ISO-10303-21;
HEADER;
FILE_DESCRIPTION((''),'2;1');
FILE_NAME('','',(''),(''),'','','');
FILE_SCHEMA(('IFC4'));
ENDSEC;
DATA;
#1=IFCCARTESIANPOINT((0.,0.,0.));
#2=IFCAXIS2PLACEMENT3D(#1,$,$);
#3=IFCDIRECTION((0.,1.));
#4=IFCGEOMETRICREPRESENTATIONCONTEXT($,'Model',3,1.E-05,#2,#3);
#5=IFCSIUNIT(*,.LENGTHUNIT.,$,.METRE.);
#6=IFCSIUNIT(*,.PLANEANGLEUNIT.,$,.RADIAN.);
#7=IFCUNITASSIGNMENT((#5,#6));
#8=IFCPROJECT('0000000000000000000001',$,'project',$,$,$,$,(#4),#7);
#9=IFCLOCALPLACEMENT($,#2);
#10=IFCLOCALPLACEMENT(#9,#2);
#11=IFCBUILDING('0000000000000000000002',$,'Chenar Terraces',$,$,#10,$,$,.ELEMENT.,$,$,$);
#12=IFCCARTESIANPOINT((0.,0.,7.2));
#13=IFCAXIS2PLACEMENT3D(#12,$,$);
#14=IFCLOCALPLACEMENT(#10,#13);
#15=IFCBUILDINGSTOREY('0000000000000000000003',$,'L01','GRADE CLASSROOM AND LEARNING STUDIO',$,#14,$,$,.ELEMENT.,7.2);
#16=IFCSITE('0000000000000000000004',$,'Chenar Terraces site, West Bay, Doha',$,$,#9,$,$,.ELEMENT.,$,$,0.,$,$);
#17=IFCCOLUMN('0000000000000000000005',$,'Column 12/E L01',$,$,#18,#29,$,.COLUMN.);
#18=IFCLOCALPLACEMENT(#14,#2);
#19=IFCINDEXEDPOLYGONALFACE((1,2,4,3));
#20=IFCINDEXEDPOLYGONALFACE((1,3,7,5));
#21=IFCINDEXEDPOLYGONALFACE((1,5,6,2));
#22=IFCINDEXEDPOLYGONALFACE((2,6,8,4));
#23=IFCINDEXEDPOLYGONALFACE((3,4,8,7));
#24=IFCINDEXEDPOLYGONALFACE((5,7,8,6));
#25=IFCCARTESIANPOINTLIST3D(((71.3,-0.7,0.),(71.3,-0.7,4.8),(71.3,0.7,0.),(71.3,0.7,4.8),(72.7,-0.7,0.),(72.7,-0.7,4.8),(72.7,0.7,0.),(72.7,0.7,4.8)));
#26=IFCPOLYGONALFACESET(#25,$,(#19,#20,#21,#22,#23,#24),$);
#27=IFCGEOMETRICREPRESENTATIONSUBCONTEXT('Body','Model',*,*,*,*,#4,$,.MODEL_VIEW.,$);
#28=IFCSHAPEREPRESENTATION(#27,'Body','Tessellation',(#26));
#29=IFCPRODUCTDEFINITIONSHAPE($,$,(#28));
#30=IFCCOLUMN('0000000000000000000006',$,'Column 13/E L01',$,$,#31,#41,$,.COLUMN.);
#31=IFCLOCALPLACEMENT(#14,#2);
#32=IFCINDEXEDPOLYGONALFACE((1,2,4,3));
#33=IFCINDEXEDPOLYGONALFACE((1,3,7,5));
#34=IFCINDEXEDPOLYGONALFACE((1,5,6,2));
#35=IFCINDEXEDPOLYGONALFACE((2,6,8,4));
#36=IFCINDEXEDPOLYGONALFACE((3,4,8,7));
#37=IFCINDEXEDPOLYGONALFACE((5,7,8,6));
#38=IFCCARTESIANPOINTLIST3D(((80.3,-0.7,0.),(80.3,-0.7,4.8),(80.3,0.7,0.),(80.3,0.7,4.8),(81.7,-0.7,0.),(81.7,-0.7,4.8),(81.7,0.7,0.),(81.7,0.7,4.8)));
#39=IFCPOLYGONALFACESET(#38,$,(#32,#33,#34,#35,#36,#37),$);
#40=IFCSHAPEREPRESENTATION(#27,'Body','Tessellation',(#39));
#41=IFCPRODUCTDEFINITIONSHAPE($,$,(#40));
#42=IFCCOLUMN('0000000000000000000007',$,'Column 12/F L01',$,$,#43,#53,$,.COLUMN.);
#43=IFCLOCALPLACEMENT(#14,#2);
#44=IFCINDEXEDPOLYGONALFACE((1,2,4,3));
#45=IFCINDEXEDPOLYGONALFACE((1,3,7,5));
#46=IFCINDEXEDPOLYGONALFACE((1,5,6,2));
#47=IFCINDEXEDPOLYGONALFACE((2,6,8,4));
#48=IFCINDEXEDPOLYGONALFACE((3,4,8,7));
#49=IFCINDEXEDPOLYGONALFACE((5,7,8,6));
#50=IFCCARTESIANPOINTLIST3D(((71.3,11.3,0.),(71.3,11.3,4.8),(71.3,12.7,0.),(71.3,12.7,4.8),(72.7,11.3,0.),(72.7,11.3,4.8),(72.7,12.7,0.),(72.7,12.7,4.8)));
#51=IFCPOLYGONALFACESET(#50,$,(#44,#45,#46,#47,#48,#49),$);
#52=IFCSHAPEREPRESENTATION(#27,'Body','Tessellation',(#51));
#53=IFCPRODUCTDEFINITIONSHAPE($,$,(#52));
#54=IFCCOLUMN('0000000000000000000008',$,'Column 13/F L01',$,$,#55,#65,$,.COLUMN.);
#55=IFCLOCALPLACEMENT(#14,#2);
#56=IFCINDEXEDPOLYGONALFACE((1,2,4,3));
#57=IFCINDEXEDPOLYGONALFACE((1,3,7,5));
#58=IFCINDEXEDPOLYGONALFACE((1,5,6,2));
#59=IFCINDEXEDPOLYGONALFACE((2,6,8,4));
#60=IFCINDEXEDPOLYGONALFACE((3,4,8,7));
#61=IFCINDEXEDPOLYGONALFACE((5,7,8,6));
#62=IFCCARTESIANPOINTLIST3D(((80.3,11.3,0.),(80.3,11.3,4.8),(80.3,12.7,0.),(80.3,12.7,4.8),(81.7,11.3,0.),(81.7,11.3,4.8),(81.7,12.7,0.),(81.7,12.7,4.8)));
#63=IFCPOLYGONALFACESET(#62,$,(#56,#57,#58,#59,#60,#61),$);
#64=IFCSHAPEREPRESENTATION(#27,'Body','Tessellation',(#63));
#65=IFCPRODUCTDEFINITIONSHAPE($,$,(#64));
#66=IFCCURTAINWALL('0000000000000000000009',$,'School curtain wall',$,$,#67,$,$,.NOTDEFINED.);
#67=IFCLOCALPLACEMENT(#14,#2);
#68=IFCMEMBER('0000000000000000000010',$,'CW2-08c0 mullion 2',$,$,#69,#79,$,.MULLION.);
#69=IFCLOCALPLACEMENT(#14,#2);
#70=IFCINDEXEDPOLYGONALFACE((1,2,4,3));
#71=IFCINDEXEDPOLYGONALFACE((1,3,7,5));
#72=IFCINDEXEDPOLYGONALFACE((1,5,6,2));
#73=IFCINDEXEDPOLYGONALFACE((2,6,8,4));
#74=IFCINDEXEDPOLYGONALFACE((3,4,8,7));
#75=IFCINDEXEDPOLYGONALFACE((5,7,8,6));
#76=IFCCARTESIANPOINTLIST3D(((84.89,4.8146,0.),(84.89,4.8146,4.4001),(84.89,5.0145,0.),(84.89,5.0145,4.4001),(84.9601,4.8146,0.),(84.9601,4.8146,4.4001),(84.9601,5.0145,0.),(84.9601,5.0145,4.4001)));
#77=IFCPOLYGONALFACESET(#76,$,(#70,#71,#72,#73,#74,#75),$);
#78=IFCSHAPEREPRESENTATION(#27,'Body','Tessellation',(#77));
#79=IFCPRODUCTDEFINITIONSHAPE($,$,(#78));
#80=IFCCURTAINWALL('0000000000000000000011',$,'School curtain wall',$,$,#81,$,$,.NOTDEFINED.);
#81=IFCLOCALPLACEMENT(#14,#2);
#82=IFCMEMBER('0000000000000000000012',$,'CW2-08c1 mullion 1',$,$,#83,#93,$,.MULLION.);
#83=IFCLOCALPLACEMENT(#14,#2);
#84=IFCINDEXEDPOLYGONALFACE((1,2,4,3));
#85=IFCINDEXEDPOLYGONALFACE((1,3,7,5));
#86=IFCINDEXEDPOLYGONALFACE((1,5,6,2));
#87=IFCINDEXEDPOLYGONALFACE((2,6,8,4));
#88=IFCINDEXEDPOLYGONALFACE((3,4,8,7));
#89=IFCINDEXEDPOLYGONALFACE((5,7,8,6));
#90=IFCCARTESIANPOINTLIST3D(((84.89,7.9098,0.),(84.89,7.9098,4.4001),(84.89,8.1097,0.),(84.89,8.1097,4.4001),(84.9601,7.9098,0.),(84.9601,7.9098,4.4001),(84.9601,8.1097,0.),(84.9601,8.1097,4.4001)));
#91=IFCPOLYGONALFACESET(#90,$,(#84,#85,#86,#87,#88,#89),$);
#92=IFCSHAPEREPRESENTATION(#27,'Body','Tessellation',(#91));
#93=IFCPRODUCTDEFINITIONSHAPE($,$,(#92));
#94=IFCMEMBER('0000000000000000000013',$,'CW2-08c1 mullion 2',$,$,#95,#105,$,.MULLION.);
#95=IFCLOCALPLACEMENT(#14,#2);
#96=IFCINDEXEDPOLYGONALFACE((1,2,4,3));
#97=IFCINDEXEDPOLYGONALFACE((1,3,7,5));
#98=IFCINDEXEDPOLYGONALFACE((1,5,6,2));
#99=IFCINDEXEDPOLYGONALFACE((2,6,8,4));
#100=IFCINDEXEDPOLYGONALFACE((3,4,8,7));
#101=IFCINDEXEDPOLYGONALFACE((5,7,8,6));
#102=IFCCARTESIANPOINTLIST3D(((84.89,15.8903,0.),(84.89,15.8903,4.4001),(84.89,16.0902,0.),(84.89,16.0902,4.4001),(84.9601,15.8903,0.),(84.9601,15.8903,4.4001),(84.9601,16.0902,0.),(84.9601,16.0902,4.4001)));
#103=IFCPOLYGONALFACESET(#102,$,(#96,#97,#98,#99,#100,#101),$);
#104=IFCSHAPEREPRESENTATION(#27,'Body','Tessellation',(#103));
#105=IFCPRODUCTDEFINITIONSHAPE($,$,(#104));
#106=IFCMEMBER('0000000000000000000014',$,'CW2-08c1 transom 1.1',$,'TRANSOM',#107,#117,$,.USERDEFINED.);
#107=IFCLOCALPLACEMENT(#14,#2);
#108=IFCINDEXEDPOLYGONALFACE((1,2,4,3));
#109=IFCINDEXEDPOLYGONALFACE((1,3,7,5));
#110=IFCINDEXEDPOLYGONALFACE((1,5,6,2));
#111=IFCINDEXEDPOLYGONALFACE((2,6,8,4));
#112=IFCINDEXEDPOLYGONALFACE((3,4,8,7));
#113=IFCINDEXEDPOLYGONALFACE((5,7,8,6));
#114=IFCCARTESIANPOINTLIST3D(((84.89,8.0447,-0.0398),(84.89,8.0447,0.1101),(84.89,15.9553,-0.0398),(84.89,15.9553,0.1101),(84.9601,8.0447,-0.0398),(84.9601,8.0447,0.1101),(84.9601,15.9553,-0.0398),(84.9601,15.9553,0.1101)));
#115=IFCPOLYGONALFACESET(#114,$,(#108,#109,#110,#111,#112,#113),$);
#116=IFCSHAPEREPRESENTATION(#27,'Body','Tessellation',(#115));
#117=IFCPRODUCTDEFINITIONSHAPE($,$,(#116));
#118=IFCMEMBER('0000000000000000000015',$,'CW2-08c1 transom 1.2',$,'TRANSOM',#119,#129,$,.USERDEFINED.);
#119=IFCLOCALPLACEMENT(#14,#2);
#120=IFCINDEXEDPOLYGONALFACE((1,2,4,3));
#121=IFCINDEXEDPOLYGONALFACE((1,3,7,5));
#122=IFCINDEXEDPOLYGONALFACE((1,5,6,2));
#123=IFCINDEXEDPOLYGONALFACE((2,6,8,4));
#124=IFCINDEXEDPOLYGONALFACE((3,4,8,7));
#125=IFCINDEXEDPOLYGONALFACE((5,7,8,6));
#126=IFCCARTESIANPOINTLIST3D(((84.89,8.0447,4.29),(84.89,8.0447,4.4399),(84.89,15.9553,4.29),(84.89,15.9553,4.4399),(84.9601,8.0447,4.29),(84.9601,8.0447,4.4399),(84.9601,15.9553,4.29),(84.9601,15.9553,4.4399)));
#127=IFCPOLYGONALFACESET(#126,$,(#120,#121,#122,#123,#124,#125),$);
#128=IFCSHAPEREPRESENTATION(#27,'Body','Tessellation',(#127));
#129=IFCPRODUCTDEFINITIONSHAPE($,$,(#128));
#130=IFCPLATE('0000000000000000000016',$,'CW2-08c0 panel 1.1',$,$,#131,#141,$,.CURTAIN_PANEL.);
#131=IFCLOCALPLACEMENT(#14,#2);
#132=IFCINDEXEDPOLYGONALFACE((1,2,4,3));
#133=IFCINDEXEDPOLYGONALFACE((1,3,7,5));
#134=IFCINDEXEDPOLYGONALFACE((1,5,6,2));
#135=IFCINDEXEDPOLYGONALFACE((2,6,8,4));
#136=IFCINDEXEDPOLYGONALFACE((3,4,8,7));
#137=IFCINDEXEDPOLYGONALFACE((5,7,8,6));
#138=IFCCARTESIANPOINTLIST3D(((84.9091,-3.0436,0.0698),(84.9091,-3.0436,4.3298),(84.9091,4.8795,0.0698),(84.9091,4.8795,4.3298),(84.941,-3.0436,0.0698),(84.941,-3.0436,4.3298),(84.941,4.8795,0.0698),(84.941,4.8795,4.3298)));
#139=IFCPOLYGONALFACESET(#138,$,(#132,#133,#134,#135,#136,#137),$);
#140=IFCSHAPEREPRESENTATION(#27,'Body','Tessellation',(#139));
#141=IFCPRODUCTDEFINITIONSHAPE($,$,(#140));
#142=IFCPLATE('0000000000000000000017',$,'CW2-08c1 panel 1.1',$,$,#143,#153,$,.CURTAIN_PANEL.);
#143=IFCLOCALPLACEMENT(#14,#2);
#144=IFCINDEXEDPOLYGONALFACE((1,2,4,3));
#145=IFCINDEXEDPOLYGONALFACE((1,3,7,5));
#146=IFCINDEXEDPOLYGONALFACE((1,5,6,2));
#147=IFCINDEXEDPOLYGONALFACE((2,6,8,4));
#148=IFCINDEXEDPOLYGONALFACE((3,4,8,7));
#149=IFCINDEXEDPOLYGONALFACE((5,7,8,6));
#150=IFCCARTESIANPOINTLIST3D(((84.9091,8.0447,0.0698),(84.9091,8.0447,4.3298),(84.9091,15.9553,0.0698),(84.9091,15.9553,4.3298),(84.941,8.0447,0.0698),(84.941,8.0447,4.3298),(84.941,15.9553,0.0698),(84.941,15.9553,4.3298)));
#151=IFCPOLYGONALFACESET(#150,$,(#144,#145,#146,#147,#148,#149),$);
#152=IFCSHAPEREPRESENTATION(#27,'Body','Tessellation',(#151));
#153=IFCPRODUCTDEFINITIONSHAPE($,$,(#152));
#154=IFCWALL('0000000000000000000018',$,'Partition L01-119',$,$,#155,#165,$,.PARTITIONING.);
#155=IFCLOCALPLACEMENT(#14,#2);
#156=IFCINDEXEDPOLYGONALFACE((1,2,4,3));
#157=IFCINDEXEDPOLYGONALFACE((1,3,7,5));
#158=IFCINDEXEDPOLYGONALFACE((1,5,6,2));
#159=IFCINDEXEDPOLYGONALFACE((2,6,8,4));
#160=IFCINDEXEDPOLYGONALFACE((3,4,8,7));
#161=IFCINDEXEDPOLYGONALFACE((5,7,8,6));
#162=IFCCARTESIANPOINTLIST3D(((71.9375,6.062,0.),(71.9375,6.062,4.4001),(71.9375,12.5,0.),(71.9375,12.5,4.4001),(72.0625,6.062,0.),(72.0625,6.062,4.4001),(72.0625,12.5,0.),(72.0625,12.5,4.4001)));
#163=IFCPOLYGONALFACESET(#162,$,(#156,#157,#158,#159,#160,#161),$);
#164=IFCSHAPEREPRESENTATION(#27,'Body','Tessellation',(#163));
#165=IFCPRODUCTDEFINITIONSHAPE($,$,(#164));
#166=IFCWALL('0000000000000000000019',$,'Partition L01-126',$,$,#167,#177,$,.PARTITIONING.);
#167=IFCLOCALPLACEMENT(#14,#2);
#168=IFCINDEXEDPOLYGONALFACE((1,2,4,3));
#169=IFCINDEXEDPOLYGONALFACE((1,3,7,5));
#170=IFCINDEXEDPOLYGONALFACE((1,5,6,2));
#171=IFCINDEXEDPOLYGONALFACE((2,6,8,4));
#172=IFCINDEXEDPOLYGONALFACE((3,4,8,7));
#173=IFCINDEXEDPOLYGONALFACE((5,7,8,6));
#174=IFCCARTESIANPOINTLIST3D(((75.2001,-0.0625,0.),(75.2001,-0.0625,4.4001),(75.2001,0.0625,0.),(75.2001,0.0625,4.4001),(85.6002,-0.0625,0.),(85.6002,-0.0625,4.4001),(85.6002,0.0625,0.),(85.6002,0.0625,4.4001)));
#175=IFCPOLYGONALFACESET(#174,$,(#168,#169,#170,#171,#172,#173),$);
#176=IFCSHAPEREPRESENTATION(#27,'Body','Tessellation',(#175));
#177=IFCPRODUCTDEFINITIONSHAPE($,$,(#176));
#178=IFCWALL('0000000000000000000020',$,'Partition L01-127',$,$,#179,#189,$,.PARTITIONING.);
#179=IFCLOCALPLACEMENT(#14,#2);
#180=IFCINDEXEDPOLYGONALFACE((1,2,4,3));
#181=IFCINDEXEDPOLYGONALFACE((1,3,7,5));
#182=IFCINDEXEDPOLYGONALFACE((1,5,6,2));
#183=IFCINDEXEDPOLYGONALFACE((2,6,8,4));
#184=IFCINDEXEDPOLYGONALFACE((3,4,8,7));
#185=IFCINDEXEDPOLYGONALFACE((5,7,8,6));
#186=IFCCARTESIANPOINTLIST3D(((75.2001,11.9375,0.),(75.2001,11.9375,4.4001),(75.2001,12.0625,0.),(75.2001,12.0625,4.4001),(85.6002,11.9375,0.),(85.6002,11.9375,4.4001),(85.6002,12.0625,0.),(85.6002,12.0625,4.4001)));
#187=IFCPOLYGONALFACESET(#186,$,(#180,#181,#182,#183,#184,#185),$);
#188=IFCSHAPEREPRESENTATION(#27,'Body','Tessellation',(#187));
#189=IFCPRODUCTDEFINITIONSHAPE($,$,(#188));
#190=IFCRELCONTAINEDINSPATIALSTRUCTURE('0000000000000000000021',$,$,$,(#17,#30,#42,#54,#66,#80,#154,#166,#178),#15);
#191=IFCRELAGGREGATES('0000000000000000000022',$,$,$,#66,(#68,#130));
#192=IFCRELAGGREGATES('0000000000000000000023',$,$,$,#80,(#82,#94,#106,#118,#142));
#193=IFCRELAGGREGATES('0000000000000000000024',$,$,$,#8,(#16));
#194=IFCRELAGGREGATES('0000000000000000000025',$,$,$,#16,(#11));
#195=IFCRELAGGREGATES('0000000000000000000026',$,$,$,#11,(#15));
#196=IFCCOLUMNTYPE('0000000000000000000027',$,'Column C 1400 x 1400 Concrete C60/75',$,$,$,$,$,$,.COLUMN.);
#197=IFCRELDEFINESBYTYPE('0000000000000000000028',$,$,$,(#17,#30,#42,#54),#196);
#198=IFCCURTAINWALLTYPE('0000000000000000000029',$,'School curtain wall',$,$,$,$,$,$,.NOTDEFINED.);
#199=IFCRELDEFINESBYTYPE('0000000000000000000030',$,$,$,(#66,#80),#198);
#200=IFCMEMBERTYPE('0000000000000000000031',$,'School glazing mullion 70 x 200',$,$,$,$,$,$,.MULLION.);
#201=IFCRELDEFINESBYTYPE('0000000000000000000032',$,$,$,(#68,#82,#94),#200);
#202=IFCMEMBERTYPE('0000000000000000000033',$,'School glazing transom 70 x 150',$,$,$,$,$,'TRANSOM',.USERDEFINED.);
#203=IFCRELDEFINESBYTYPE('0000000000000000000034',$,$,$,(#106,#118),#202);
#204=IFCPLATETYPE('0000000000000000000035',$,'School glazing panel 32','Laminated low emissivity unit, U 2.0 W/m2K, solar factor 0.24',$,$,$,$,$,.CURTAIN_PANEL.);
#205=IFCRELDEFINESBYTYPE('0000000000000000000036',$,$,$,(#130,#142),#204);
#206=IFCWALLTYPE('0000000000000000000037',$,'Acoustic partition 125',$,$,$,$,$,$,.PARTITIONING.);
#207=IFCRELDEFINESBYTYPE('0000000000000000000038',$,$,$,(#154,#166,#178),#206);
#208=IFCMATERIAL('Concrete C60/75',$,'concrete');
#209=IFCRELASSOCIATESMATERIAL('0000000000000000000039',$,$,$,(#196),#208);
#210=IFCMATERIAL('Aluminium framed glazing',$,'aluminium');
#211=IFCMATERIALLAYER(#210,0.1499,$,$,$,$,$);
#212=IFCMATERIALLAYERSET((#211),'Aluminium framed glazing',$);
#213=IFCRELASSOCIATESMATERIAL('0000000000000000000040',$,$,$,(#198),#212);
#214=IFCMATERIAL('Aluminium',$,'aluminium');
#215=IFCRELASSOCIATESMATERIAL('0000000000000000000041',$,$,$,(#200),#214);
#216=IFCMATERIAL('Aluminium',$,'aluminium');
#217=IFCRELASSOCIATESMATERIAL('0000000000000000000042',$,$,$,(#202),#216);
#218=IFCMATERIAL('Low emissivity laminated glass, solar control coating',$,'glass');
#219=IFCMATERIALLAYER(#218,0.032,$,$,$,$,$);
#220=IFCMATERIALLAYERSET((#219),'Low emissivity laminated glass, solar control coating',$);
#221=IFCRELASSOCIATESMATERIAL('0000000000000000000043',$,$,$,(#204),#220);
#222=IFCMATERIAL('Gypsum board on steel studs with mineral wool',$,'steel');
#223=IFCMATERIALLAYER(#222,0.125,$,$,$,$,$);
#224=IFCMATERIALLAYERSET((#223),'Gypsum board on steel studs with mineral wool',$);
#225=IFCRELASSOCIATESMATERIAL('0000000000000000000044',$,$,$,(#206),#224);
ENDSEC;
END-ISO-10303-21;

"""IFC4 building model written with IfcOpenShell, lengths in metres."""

from ifc_helpers import new_model, si_unit, direction, frame, frame_2d, origin, origin_2d, place, context, subcontext, project, spatial, rectangle, extrude, material, layer, layer_set, material_profile, profile_set, type_object, element, aggregate, save


model = new_model("IFC4")

# Units and contexts
model_context = context("Model", 3, precision=1e-05, world=origin(), true_north=direction((0.0, 1.0)))
body_context = subcontext(model_context, "Body", "Model", "MODEL_VIEW")
ifc_project = project(units=[si_unit("LENGTHUNIT", "METRE"), si_unit("PLANEANGLEUNIT", "RADIAN")], contexts=[model_context])

# Site, building, storey
site_placement = place(None, origin())
site = spatial("IfcSite", under=ifc_project, at=site_placement, Name="Chenar Terraces site, West Bay, Doha", CompositionType="ELEMENT", RefElevation=0.0)
building_placement = place(site_placement, origin())
building = spatial("IfcBuilding", under=site, at=building_placement, Name="Chenar Terraces", CompositionType="ELEMENT")
storey_placement = place(building_placement, frame((0.0, 0.0, 7.2)))
storey = spatial("IfcBuildingStorey", under=building, at=storey_placement, Name="L01", Description="GRADE CLASSROOM AND LEARNING STUDIO", CompositionType="ELEMENT", Elevation=7.2)

# Columns
ifc_material_1 = material(Name="Concrete C60/75", Category="concrete")
ifc_material_profile_1 = material_profile(ifc_material_1, rectangle(XDim=1.3999, YDim=1.3999, at=origin_2d()), Name="C 1400 x 1400")
ifc_profile_set_1 = profile_set([ifc_material_profile_1], Name="Concrete C60/75")
column_type = type_object("IfcColumnType", Name="Column C 1400 x 1400 Concrete C60/75", PredefinedType="COLUMN", material=ifc_profile_set_1)
for number, where, z_axis, x_axis, name in (
    (1, (72.0, 0.0, 0.0), (0.0, 0.0, 1.0), (1.0, 0.0, 0.0), "Column 12/E L01"),
    (2, (81.0, 0.0, 0.0), (0.0, 0.0, 1.0), (1.0, 0.0, 0.0), "Column 13/E L01"),
    (3, (72.0, 12.0, 0.0), (0.0, 0.0, 1.0), (1.0, 0.0, 0.0), "Column 12/F L01"),
    (4, (81.0, 12.0, 0.0), (0.0, 0.0, 1.0), (1.0, 0.0, 0.0), "Column 13/F L01"),
):
    element("IfcColumn", number, at=place(storey_placement, frame(where, z_axis=z_axis, x_axis=x_axis)), inside=storey, type_object=column_type, Name=name, PredefinedType="COLUMN", context=body_context, shape_type="SweptSolid", body=[
        extrude(rectangle(XDim=1.3999, YDim=1.3999, at=origin_2d()), origin(), (0.0, 0.0, 1.0), 4.8),
    ])

# Curtain wall, member
ifc_material_2 = material(Name="Aluminium framed glazing", Category="aluminium")
ifc_layer_1 = layer(ifc_material_2, 0.1499)
ifc_layer_set_1 = layer_set([ifc_layer_1], Name="Aluminium framed glazing")
curtain_wall_type = type_object("IfcCurtainWallType", Name="School curtain wall", PredefinedType="NOTDEFINED", material=ifc_layer_set_1)
placement = place(storey_placement, origin())
curtain_wall_1 = element("IfcCurtainWall", 5, at=placement, inside=storey, type_object=curtain_wall_type, Name="School curtain wall", PredefinedType="NOTDEFINED")
ifc_material_3 = material(Name="Aluminium", Category="aluminium")
ifc_material_profile_2 = material_profile(ifc_material_3, rectangle(XDim=0.0701, YDim=0.2, at=origin_2d()), Name="School glazing mullion 70 x 200")
ifc_profile_set_2 = profile_set([ifc_material_profile_2], Name="Aluminium")
member_type_1 = type_object("IfcMemberType", Name="School glazing mullion 70 x 200", PredefinedType="MULLION", material=ifc_profile_set_2)
member_1_placement = place(storey_placement, frame((84.925, 4.9146, 0.0), z_axis=(0.0, 0.0, 1.0), x_axis=(-1.0, 0.0, 0.0)))
member_1 = element("IfcMember", 6, at=member_1_placement, type_object=member_type_1, Name="CW2-08c0 mullion 2", PredefinedType="MULLION", context=body_context, shape_type="SweptSolid", body=[
    extrude(rectangle(XDim=0.0701, YDim=0.2, at=origin_2d()), origin(), (0.0, 0.0, 1.0), 4.4001),
])

# Curtain wall, members
curtain_wall_2 = element("IfcCurtainWall", 7, at=placement, inside=storey, type_object=curtain_wall_type, Name="School curtain wall", PredefinedType="NOTDEFINED")
member_2_placement = place(storey_placement, frame((84.925, 8.0098, 0.0), z_axis=(0.0, 0.0, 1.0), x_axis=(-1.0, 0.0, 0.0)))
member_2 = element("IfcMember", 8, at=member_2_placement, type_object=member_type_1, Name="CW2-08c1 mullion 1", PredefinedType="MULLION", context=body_context, shape_type="SweptSolid", body=[
    extrude(rectangle(XDim=0.0701, YDim=0.2, at=origin_2d()), origin(), (0.0, 0.0, 1.0), 4.4001),
])
member_3_placement = place(storey_placement, frame((84.925, 15.9902, 0.0), z_axis=(0.0, 0.0, 1.0), x_axis=(-1.0, 0.0, 0.0)))
member_3 = element("IfcMember", 9, at=member_3_placement, type_object=member_type_1, Name="CW2-08c1 mullion 2", PredefinedType="MULLION", context=body_context, shape_type="SweptSolid", body=[
    extrude(rectangle(XDim=0.0701, YDim=0.2, at=origin_2d()), origin(), (0.0, 0.0, 1.0), 4.4001),
])
ifc_material_4 = material(Name="Aluminium", Category="aluminium")
ifc_material_profile_3 = material_profile(ifc_material_4, rectangle(XDim=0.0701, YDim=0.1499, at=origin_2d()), Name="School glazing transom 70 x 150")
ifc_profile_set_3 = profile_set([ifc_material_profile_3], Name="Aluminium")
member_type_2 = type_object("IfcMemberType", Name="School glazing transom 70 x 150", ElementType="TRANSOM", PredefinedType="USERDEFINED", material=ifc_profile_set_3)
member_4_placement = place(storey_placement, frame((84.925, 8.0447, 0.0352), z_axis=(0.0, 1.0, 0.0), x_axis=(-1.0, 0.0, 0.0)))
member_4 = element("IfcMember", 10, at=member_4_placement, type_object=member_type_2, Name="CW2-08c1 transom 1.1", ObjectType="TRANSOM", PredefinedType="USERDEFINED", context=body_context, shape_type="SweptSolid", body=[
    extrude(rectangle(XDim=0.0701, YDim=0.1499, at=origin_2d()), origin(), (0.0, 0.0, 1.0), 7.9106),
])
member_5_placement = place(storey_placement, frame((84.925, 8.0447, 4.365), z_axis=(0.0, 1.0, 0.0), x_axis=(-1.0, 0.0, 0.0)))
member_5 = element("IfcMember", 11, at=member_5_placement, type_object=member_type_2, Name="CW2-08c1 transom 1.2", ObjectType="TRANSOM", PredefinedType="USERDEFINED", context=body_context, shape_type="SweptSolid", body=[
    extrude(rectangle(XDim=0.0701, YDim=0.1499, at=origin_2d()), origin(), (0.0, 0.0, 1.0), 7.9106),
])

# Plates
ifc_material_5 = material(Name="Low emissivity laminated glass, solar control coating", Category="glass")
ifc_layer_2 = layer(ifc_material_5, 0.032)
ifc_layer_set_2 = layer_set([ifc_layer_2], Name="Low emissivity laminated glass, solar control coating")
plate_type = type_object("IfcPlateType", Name="School glazing panel 32", Description="Laminated low emissivity unit, U 2.0 W/m2K, solar factor 0.24", PredefinedType="CURTAIN_PANEL", material=ifc_layer_set_2)
plate_1_placement = place(storey_placement, frame((84.925, 0.918, 0.0698), z_axis=(0.0, 0.0, 1.0), x_axis=(0.0, 1.0, 0.0)))
plate_1 = element("IfcPlate", 12, at=plate_1_placement, type_object=plate_type, Name="CW2-08c0 panel 1.1", PredefinedType="CURTAIN_PANEL", context=body_context, shape_type="SweptSolid", body=[
    extrude(rectangle(XDim=7.9231, YDim=0.032, at=origin_2d()), origin(), (0.0, 0.0, 1.0), 4.26),
])
aggregate(curtain_wall_1, [member_1, plate_1])
plate_2_placement = place(storey_placement, frame((84.925, 12.0, 0.0698), z_axis=(0.0, 0.0, 1.0), x_axis=(0.0, 1.0, 0.0)))
plate_2 = element("IfcPlate", 13, at=plate_2_placement, type_object=plate_type, Name="CW2-08c1 panel 1.1", PredefinedType="CURTAIN_PANEL", context=body_context, shape_type="SweptSolid", body=[
    extrude(rectangle(XDim=7.9106, YDim=0.032, at=origin_2d()), origin(), (0.0, 0.0, 1.0), 4.26),
])
aggregate(curtain_wall_2, [member_2, member_3, member_4, member_5, plate_2])

# Walls
ifc_material_6 = material(Name="Gypsum board on steel studs with mineral wool", Category="steel")
ifc_layer_3 = layer(ifc_material_6, 0.125)
ifc_layer_set_3 = layer_set([ifc_layer_3], Name="Gypsum board on steel studs with mineral wool")
wall_type_1 = type_object("IfcWallType", Name="Acoustic partition 125", PredefinedType="PARTITIONING", material=ifc_layer_set_3)
wall_1_placement = place(storey_placement, frame((72.0, 6.062, 0.0), z_axis=(0.0, 0.0, 1.0), x_axis=(0.0, 1.0, 0.0)))
element("IfcWall", 14, at=wall_1_placement, inside=storey, type_object=wall_type_1, Name="Partition L01-119", PredefinedType="PARTITIONING", context=body_context, shape_type="SweptSolid", body=[
    extrude(rectangle(XDim=6.438, YDim=0.125, at=frame_2d((3.219, 0.0))), origin(), (0.0, 0.0, 1.0), 4.4001),
])
for number, where, z_axis, x_axis, name in (
    (15, (75.2, 0.0, 0.0), (0.0, 0.0, 1.0), (1.0, 0.0, 0.0), "Partition L01-126"),
    (16, (75.2, 12.0, 0.0), (0.0, 0.0, 1.0), (1.0, 0.0, 0.0), "Partition L01-127"),
):
    element("IfcWall", number, at=place(storey_placement, frame(where, z_axis=z_axis, x_axis=x_axis)), inside=storey, type_object=wall_type_1, Name=name, PredefinedType="PARTITIONING", context=body_context, shape_type="SweptSolid", body=[
        extrude(rectangle(XDim=10.4001, YDim=0.125, at=frame_2d((5.2002, 0.0))), origin(), (0.0, 0.0, 1.0), 4.4001),
    ])

save(model, "model.ifc")
